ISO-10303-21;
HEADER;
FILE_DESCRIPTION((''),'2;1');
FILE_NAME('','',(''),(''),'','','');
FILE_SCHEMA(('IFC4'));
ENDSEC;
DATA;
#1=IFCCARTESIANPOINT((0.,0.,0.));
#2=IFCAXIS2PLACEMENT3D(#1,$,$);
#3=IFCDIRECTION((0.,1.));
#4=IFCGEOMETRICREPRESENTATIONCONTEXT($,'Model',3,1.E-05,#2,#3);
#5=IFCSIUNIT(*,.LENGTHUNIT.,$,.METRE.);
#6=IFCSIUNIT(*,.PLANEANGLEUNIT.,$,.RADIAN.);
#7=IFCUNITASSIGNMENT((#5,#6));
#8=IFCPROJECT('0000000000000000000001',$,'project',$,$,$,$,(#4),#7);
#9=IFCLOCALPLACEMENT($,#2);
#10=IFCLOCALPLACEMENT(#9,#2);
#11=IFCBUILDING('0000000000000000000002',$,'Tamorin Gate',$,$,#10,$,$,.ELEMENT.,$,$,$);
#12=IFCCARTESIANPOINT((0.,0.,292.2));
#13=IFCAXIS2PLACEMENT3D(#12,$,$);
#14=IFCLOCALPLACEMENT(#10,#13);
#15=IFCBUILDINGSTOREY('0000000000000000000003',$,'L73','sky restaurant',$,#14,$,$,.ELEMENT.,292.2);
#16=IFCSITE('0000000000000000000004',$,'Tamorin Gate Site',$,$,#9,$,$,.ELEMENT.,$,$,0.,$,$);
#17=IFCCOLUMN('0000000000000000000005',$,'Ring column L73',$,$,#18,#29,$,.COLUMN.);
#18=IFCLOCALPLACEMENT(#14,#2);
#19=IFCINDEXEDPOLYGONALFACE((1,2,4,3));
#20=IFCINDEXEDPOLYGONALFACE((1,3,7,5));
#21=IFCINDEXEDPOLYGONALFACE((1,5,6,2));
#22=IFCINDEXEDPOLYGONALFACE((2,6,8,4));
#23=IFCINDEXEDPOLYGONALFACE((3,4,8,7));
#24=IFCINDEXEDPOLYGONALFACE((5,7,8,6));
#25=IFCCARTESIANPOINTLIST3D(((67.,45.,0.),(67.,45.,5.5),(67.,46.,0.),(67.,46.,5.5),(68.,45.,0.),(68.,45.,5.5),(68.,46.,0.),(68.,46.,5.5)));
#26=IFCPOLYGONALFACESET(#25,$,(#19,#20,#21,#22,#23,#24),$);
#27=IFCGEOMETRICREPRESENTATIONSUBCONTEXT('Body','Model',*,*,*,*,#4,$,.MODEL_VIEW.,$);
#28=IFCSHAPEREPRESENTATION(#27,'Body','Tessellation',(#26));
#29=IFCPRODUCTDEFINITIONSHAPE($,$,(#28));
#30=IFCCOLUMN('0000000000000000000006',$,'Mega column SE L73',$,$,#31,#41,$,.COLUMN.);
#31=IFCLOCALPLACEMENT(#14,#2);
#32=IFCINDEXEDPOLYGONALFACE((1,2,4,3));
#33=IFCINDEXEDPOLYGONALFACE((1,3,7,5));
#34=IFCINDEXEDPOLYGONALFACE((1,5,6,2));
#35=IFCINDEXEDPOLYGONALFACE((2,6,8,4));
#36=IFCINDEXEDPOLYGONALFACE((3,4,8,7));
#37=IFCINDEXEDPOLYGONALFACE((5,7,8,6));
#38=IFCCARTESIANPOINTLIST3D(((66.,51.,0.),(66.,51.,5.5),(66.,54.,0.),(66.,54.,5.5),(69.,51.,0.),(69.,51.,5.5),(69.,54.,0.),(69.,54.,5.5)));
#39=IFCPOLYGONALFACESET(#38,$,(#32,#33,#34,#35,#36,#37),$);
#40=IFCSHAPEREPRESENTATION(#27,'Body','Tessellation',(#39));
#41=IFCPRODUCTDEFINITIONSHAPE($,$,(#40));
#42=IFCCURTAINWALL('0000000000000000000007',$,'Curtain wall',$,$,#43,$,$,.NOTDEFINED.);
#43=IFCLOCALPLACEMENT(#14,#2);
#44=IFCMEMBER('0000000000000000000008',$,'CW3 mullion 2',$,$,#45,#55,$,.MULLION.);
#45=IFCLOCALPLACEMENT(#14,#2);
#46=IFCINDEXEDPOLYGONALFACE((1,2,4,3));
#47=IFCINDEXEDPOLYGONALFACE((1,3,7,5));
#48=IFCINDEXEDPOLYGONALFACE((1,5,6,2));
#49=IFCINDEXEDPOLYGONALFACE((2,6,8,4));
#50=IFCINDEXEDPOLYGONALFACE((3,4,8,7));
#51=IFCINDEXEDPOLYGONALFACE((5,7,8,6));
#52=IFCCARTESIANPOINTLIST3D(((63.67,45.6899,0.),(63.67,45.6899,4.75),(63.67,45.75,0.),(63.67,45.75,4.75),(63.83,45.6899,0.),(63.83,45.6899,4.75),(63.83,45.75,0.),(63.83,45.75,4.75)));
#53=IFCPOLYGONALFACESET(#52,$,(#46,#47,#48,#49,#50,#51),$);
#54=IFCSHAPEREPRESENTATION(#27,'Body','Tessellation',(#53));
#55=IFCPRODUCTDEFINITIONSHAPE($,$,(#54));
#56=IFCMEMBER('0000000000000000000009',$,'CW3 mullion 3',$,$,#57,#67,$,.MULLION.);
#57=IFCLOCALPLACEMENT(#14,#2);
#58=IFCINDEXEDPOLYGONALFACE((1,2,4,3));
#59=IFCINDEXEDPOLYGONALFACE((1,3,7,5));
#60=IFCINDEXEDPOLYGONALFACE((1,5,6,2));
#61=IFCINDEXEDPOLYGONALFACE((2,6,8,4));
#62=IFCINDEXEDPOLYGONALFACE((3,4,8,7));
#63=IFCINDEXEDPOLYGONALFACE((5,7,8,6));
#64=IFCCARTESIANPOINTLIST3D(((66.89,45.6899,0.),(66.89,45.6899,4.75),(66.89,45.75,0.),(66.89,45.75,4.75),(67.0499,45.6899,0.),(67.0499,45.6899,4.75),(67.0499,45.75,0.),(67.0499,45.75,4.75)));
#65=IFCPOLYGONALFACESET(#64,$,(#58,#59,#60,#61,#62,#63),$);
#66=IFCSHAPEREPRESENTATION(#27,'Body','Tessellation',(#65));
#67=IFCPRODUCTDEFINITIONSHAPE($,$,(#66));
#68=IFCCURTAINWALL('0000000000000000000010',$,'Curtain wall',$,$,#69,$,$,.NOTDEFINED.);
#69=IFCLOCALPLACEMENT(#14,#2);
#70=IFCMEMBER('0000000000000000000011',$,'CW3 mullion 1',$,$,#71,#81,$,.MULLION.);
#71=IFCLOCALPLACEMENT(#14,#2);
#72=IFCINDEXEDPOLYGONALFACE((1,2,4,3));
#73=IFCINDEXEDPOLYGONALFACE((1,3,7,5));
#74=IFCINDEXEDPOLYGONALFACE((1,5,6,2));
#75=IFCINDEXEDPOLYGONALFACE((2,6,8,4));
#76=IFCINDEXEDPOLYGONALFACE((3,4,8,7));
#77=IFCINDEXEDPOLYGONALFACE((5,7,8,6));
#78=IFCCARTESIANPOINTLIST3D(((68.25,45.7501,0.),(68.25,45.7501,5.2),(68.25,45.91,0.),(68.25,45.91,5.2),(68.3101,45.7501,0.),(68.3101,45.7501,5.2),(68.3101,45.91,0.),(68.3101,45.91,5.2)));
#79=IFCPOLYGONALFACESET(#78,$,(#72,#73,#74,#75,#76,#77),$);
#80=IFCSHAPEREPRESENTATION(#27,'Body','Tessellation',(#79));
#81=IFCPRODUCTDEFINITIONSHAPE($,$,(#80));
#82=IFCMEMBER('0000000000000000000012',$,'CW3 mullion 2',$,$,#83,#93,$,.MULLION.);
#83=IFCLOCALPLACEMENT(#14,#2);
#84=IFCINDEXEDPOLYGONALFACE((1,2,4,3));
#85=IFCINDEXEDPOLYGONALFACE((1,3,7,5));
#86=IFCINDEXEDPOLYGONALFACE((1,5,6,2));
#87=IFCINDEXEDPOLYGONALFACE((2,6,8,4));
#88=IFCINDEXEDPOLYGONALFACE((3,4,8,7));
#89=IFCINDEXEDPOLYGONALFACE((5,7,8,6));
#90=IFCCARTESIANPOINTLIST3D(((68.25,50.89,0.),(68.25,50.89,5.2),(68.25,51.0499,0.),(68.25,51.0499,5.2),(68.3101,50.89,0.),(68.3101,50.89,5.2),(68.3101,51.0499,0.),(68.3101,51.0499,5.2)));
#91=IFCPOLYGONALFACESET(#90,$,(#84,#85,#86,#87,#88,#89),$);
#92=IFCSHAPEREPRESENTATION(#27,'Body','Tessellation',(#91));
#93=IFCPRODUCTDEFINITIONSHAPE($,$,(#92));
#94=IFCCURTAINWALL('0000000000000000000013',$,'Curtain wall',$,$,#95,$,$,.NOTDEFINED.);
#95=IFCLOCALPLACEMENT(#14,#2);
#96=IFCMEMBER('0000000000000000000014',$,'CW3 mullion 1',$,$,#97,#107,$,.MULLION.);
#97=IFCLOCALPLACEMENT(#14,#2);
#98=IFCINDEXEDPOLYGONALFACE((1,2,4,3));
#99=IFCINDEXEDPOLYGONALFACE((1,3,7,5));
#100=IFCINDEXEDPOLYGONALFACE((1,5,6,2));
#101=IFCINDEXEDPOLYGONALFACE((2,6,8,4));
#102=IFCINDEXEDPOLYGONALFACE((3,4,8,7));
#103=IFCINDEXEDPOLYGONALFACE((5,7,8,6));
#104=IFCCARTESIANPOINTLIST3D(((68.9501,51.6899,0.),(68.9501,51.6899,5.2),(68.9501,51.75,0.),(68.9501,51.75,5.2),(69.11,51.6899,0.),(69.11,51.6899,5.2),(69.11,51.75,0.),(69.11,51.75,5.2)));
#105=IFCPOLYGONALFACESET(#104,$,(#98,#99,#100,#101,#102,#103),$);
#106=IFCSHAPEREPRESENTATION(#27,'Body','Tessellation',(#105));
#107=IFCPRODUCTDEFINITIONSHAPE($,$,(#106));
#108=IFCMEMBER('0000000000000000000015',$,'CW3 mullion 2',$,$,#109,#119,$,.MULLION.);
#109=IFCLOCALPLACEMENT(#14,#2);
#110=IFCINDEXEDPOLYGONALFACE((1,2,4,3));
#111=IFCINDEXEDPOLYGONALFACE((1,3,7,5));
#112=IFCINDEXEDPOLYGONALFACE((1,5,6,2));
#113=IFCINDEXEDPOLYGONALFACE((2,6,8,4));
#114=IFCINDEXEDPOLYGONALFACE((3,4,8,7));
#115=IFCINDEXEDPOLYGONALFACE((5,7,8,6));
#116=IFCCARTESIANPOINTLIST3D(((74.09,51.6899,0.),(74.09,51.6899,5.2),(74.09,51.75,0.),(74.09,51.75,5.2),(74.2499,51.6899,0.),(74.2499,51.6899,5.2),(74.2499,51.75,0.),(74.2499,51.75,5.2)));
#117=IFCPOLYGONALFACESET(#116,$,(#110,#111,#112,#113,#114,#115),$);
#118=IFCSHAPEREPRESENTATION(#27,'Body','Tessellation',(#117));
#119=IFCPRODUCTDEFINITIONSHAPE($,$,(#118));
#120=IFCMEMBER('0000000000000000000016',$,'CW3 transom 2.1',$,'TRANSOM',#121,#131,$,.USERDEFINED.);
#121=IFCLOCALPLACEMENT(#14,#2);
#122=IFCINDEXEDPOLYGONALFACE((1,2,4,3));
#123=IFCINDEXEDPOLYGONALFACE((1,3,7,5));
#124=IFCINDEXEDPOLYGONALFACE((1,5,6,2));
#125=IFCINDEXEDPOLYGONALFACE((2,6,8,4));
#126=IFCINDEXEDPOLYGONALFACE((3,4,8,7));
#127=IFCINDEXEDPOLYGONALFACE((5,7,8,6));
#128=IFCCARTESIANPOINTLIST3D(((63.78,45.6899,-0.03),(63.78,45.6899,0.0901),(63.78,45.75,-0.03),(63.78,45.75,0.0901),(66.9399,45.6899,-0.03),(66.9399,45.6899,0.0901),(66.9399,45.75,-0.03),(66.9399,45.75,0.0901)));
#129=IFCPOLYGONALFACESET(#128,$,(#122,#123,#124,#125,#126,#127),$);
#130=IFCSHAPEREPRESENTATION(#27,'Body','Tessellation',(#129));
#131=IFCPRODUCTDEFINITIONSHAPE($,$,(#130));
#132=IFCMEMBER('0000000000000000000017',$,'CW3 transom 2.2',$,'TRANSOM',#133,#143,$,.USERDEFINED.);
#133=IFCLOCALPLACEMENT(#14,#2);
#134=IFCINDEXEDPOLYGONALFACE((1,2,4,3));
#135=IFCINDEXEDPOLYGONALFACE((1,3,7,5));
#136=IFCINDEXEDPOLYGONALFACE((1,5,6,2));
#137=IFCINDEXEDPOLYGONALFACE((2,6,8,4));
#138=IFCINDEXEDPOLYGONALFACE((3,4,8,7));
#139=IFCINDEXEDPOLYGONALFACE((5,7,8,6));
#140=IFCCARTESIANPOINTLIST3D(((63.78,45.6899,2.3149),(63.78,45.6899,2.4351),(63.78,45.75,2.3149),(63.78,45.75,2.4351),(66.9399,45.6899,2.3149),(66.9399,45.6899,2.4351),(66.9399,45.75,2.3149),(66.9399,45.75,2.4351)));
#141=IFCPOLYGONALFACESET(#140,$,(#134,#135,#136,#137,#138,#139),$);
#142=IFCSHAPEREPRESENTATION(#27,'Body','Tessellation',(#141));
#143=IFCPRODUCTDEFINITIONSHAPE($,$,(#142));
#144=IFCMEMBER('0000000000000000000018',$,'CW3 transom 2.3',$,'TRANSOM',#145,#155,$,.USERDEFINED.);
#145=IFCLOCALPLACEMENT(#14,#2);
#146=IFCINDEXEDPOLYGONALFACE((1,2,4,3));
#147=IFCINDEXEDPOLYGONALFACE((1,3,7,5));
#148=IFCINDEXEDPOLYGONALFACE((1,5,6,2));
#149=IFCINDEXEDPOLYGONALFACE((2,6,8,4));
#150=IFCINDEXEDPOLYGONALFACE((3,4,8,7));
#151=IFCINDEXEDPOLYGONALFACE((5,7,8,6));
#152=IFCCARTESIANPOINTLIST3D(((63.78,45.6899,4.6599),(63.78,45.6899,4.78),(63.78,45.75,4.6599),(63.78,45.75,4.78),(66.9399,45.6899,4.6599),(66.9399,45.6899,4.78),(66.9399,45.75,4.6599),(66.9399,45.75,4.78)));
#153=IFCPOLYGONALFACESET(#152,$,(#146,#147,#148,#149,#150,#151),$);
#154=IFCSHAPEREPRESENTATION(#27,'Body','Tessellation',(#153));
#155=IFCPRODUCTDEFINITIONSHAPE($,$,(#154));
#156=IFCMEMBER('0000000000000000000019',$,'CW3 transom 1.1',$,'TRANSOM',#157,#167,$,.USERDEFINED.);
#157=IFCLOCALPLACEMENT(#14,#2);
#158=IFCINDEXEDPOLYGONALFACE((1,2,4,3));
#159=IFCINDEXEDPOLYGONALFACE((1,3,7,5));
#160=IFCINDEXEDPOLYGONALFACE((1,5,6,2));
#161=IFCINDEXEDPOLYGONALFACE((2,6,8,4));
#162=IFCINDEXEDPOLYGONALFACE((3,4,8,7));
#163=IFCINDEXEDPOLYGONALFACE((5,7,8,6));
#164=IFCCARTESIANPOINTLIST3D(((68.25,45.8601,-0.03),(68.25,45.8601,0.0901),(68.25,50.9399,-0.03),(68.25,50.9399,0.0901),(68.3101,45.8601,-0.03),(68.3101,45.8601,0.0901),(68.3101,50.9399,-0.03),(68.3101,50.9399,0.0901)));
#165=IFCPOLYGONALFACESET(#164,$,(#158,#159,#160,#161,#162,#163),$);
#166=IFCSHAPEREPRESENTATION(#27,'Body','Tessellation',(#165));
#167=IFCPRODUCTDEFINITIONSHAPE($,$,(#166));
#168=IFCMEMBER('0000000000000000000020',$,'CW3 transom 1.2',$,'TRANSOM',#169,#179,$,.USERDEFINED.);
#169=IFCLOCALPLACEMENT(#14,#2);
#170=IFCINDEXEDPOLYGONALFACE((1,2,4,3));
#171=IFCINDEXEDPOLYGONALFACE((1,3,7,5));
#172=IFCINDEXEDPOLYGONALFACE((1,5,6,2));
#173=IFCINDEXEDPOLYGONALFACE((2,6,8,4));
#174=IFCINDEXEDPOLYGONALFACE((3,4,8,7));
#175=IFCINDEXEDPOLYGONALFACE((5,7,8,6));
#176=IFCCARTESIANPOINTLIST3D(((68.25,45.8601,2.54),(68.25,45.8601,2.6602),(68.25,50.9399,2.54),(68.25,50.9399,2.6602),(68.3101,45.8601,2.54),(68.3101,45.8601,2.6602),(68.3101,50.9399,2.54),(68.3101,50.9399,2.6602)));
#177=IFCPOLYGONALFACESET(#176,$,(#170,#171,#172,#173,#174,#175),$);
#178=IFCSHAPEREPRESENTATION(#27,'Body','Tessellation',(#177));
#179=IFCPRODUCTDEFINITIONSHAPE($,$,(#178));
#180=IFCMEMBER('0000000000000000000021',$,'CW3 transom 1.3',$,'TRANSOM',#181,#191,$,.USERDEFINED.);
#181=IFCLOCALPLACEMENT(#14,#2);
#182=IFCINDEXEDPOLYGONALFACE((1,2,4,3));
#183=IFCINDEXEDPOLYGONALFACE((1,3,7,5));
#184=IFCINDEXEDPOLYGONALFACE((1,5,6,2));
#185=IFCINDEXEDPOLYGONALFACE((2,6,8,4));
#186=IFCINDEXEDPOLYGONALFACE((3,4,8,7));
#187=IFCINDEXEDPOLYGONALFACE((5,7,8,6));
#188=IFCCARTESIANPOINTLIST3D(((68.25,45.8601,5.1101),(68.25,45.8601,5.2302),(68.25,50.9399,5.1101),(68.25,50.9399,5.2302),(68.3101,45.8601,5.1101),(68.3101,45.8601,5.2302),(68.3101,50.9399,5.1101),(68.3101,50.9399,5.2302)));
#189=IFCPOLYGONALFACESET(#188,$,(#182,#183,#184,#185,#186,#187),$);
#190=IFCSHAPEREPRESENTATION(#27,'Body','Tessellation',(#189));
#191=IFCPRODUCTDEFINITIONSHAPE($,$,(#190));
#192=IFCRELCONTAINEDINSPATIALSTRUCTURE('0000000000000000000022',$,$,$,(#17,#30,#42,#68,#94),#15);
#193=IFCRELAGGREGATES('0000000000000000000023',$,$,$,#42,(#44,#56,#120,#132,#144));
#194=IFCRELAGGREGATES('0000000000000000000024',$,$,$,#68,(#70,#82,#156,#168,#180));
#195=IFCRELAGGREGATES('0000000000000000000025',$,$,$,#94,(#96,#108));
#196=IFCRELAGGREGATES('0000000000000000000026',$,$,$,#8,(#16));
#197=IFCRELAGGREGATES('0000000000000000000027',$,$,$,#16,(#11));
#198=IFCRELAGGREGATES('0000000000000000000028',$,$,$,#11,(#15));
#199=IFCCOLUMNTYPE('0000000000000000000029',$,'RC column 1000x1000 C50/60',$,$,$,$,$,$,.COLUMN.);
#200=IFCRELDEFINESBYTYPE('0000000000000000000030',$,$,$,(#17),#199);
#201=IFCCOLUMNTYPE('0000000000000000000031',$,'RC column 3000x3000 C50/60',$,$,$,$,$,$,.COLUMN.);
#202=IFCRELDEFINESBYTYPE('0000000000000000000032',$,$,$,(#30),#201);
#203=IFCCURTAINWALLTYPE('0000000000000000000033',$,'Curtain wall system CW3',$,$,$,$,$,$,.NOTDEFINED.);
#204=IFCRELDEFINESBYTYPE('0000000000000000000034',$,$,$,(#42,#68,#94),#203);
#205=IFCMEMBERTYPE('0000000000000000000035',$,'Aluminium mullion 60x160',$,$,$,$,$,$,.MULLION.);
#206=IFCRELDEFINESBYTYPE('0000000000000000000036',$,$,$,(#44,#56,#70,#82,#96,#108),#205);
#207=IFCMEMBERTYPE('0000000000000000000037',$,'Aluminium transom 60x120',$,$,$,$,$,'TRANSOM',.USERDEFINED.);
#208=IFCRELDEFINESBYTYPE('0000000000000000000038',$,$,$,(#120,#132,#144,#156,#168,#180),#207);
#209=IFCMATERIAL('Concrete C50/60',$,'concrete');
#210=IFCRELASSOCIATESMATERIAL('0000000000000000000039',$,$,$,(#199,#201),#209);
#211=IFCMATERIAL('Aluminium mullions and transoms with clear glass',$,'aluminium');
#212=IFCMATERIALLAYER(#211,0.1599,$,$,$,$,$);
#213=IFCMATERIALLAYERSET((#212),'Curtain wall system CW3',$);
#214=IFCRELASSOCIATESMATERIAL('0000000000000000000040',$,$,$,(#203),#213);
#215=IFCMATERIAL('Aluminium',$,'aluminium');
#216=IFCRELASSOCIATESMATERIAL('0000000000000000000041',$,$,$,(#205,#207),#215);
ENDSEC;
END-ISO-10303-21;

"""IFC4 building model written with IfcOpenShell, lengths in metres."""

from ifc_helpers import new_model, si_unit, direction, frame, origin, origin_2d, place, context, subcontext, project, spatial, rectangle, extrude, material, layer, layer_set, material_profile, profile_set, type_object, element, aggregate, save


model = new_model("IFC4")

# Units and contexts
model_context = context("Model", 3, precision=1e-05, world=origin(), true_north=direction((0.0, 1.0)))
body_context = subcontext(model_context, "Body", "Model", "MODEL_VIEW")
ifc_project = project(units=[si_unit("LENGTHUNIT", "METRE"), si_unit("PLANEANGLEUNIT", "RADIAN")], contexts=[model_context])

# Site, building, storey
site_placement = place(None, origin())
site = spatial("IfcSite", under=ifc_project, at=site_placement, Name="Tamorin Gate Site", CompositionType="ELEMENT", RefElevation=0.0)
building_placement = place(site_placement, origin())
building = spatial("IfcBuilding", under=site, at=building_placement, Name="Tamorin Gate", CompositionType="ELEMENT")
storey_placement = place(building_placement, frame((0.0, 0.0, 292.2)))
storey = spatial("IfcBuildingStorey", under=building, at=storey_placement, Name="L73", Description="sky restaurant", CompositionType="ELEMENT", Elevation=292.2)

# Columns
ifc_material_1 = material(Name="Concrete C50/60", Category="concrete")
ifc_material_profile_1 = material_profile(ifc_material_1, rectangle(XDim=1.0, YDim=1.0, at=origin_2d()), Name="RC 1000x1000")
ifc_profile_set_1 = profile_set([ifc_material_profile_1], Name="Concrete C50/60")
column_type_1 = type_object("IfcColumnType", Name="RC column 1000x1000 C50/60", PredefinedType="COLUMN", material=ifc_profile_set_1)
column_1_placement = place(storey_placement, frame((67.5, 45.5, 0.0), z_axis=(0.0, 0.0, 1.0), x_axis=(1.0, 0.0, 0.0)))
element("IfcColumn", 1, at=column_1_placement, inside=storey, type_object=column_type_1, Name="Ring column L73", PredefinedType="COLUMN", context=body_context, shape_type="SweptSolid", body=[
    extrude(rectangle(XDim=1.0, YDim=1.0, at=origin_2d()), origin(), (0.0, 0.0, 1.0), 5.5),
])
ifc_material_profile_2 = material_profile(ifc_material_1, rectangle(XDim=3.0, YDim=3.0, at=origin_2d()), Name="RC 3000x3000")
ifc_profile_set_2 = profile_set([ifc_material_profile_2], Name="Concrete C50/60")
column_type_2 = type_object("IfcColumnType", Name="RC column 3000x3000 C50/60", PredefinedType="COLUMN", material=ifc_profile_set_2)
column_2_placement = place(storey_placement, frame((67.5, 52.5, 0.0), z_axis=(0.0, 0.0, 1.0), x_axis=(1.0, 0.0, 0.0)))
element("IfcColumn", 2, at=column_2_placement, inside=storey, type_object=column_type_2, Name="Mega column SE L73", PredefinedType="COLUMN", context=body_context, shape_type="SweptSolid", body=[
    extrude(rectangle(XDim=3.0, YDim=3.0, at=origin_2d()), origin(), (0.0, 0.0, 1.0), 5.5),
])

# Curtain walls, members
ifc_material_2 = material(Name="Aluminium mullions and transoms with clear glass", Category="aluminium")
ifc_layer_1 = layer(ifc_material_2, 0.1599)
ifc_layer_set_1 = layer_set([ifc_layer_1], Name="Curtain wall system CW3")
curtain_wall_type = type_object("IfcCurtainWallType", Name="Curtain wall system CW3", PredefinedType="NOTDEFINED", material=ifc_layer_set_1)
curtain_wall_1_placement = place(storey_placement, origin())
curtain_wall_1 = element("IfcCurtainWall", 3, at=curtain_wall_1_placement, inside=storey, type_object=curtain_wall_type, Name="Curtain wall", PredefinedType="NOTDEFINED")
ifc_material_3 = material(Name="Aluminium", Category="aluminium")
ifc_material_profile_3 = material_profile(ifc_material_3, rectangle(XDim=0.0601, YDim=0.1599, at=origin_2d()), Name="RECT 60x160")
ifc_profile_set_3 = profile_set([ifc_material_profile_3], Name="Aluminium")
member_type_1 = type_object("IfcMemberType", Name="Aluminium mullion 60x160", PredefinedType="MULLION", material=ifc_profile_set_3)
member_1_placement = place(storey_placement, frame((63.75, 45.72, 0.0), z_axis=(0.0, 0.0, 1.0), x_axis=(0.0, 1.0, 0.0)))
member_1 = element("IfcMember", 4, at=member_1_placement, type_object=member_type_1, Name="CW3 mullion 2", PredefinedType="MULLION", context=body_context, shape_type="SweptSolid", body=[
    extrude(rectangle(XDim=0.0601, YDim=0.1599, at=origin_2d()), origin(), (0.0, 0.0, 1.0), 4.75),
])
member_2_placement = place(storey_placement, frame((66.97, 45.72, 0.0), z_axis=(0.0, 0.0, 1.0), x_axis=(0.0, 1.0, 0.0)))
member_2 = element("IfcMember", 5, at=member_2_placement, type_object=member_type_1, Name="CW3 mullion 3", PredefinedType="MULLION", context=body_context, shape_type="SweptSolid", body=[
    extrude(rectangle(XDim=0.0601, YDim=0.1599, at=origin_2d()), origin(), (0.0, 0.0, 1.0), 4.75),
])
curtain_wall_2_placement = place(storey_placement, origin())
curtain_wall_2 = element("IfcCurtainWall", 6, at=curtain_wall_2_placement, inside=storey, type_object=curtain_wall_type, Name="Curtain wall", PredefinedType="NOTDEFINED")
member_3_placement = place(storey_placement, frame((68.28, 45.8301, 0.0), z_axis=(0.0, 0.0, 1.0), x_axis=(-1.0, 0.0, 0.0)))
member_3 = element("IfcMember", 7, at=member_3_placement, type_object=member_type_1, Name="CW3 mullion 1", PredefinedType="MULLION", context=body_context, shape_type="SweptSolid", body=[
    extrude(rectangle(XDim=0.0601, YDim=0.1599, at=origin_2d()), origin(), (0.0, 0.0, 1.0), 5.2),
])
member_4_placement = place(storey_placement, frame((68.28, 50.97, 0.0), z_axis=(0.0, 0.0, 1.0), x_axis=(-1.0, 0.0, 0.0)))
member_4 = element("IfcMember", 8, at=member_4_placement, type_object=member_type_1, Name="CW3 mullion 2", PredefinedType="MULLION", context=body_context, shape_type="SweptSolid", body=[
    extrude(rectangle(XDim=0.0601, YDim=0.1599, at=origin_2d()), origin(), (0.0, 0.0, 1.0), 5.2),
])
curtain_wall_3_placement = place(storey_placement, origin())
curtain_wall_3 = element("IfcCurtainWall", 9, at=curtain_wall_3_placement, inside=storey, type_object=curtain_wall_type, Name="Curtain wall", PredefinedType="NOTDEFINED")
member_5_placement = place(storey_placement, frame((69.03, 51.72, 0.0), z_axis=(0.0, 0.0, 1.0), x_axis=(0.0, 1.0, 0.0)))
member_5 = element("IfcMember", 10, at=member_5_placement, type_object=member_type_1, Name="CW3 mullion 1", PredefinedType="MULLION", context=body_context, shape_type="SweptSolid", body=[
    extrude(rectangle(XDim=0.0601, YDim=0.1599, at=origin_2d()), origin(), (0.0, 0.0, 1.0), 5.2),
])
member_6_placement = place(storey_placement, frame((74.1699, 51.72, 0.0), z_axis=(0.0, 0.0, 1.0), x_axis=(0.0, 1.0, 0.0)))
member_6 = element("IfcMember", 11, at=member_6_placement, type_object=member_type_1, Name="CW3 mullion 2", PredefinedType="MULLION", context=body_context, shape_type="SweptSolid", body=[
    extrude(rectangle(XDim=0.0601, YDim=0.1599, at=origin_2d()), origin(), (0.0, 0.0, 1.0), 5.2),
])

# Members
ifc_material_profile_4 = material_profile(ifc_material_3, rectangle(XDim=0.0601, YDim=0.1201, at=origin_2d()), Name="RECT 60x120")
ifc_profile_set_4 = profile_set([ifc_material_profile_4], Name="Aluminium")
member_type_2 = type_object("IfcMemberType", Name="Aluminium transom 60x120", ElementType="TRANSOM", PredefinedType="USERDEFINED", material=ifc_profile_set_4)
member_7_placement = place(storey_placement, frame((63.78, 45.72, 0.03), z_axis=(1.0, 0.0, 0.0), x_axis=(0.0, 1.0, 0.0)))
member_7 = element("IfcMember", 12, at=member_7_placement, type_object=member_type_2, Name="CW3 transom 2.1", ObjectType="TRANSOM", PredefinedType="USERDEFINED", context=body_context, shape_type="SweptSolid", body=[
    extrude(rectangle(XDim=0.0601, YDim=0.1201, at=origin_2d()), origin(), (0.0, 0.0, 1.0), 3.1599),
])
member_8_placement = place(storey_placement, frame((63.78, 45.72, 2.375), z_axis=(1.0, 0.0, 0.0), x_axis=(0.0, 1.0, 0.0)))
member_8 = element("IfcMember", 13, at=member_8_placement, type_object=member_type_2, Name="CW3 transom 2.2", ObjectType="TRANSOM", PredefinedType="USERDEFINED", context=body_context, shape_type="SweptSolid", body=[
    extrude(rectangle(XDim=0.0601, YDim=0.1201, at=origin_2d()), origin(), (0.0, 0.0, 1.0), 3.1599),
])
member_9_placement = place(storey_placement, frame((63.78, 45.72, 4.72), z_axis=(1.0, 0.0, 0.0), x_axis=(0.0, 1.0, 0.0)))
member_9 = element("IfcMember", 14, at=member_9_placement, type_object=member_type_2, Name="CW3 transom 2.3", ObjectType="TRANSOM", PredefinedType="USERDEFINED", context=body_context, shape_type="SweptSolid", body=[
    extrude(rectangle(XDim=0.0601, YDim=0.1201, at=origin_2d()), origin(), (0.0, 0.0, 1.0), 3.1599),
])
member_10_placement = place(storey_placement, frame((68.28, 45.8601, 0.03), z_axis=(0.0, 1.0, 0.0), x_axis=(-1.0, 0.0, 0.0)))
member_10 = element("IfcMember", 15, at=member_10_placement, type_object=member_type_2, Name="CW3 transom 1.1", ObjectType="TRANSOM", PredefinedType="USERDEFINED", context=body_context, shape_type="SweptSolid", body=[
    extrude(rectangle(XDim=0.0601, YDim=0.1201, at=origin_2d()), origin(), (0.0, 0.0, 1.0), 5.0798),
])
member_11_placement = place(storey_placement, frame((68.28, 45.8601, 2.6001), z_axis=(0.0, 1.0, 0.0), x_axis=(-1.0, 0.0, 0.0)))
member_11 = element("IfcMember", 16, at=member_11_placement, type_object=member_type_2, Name="CW3 transom 1.2", ObjectType="TRANSOM", PredefinedType="USERDEFINED", context=body_context, shape_type="SweptSolid", body=[
    extrude(rectangle(XDim=0.0601, YDim=0.1201, at=origin_2d()), origin(), (0.0, 0.0, 1.0), 5.0798),
])
member_12_placement = place(storey_placement, frame((68.28, 45.8601, 5.1702), z_axis=(0.0, 1.0, 0.0), x_axis=(-1.0, 0.0, 0.0)))
member_12 = element("IfcMember", 17, at=member_12_placement, type_object=member_type_2, Name="CW3 transom 1.3", ObjectType="TRANSOM", PredefinedType="USERDEFINED", context=body_context, shape_type="SweptSolid", body=[
    extrude(rectangle(XDim=0.0601, YDim=0.1201, at=origin_2d()), origin(), (0.0, 0.0, 1.0), 5.0798),
])

aggregate(curtain_wall_1, [member_1, member_2, member_7, member_8, member_9])
aggregate(curtain_wall_2, [member_3, member_4, member_10, member_11, member_12])
aggregate(curtain_wall_3, [member_5, member_6])

save(model, "model.ifc")
